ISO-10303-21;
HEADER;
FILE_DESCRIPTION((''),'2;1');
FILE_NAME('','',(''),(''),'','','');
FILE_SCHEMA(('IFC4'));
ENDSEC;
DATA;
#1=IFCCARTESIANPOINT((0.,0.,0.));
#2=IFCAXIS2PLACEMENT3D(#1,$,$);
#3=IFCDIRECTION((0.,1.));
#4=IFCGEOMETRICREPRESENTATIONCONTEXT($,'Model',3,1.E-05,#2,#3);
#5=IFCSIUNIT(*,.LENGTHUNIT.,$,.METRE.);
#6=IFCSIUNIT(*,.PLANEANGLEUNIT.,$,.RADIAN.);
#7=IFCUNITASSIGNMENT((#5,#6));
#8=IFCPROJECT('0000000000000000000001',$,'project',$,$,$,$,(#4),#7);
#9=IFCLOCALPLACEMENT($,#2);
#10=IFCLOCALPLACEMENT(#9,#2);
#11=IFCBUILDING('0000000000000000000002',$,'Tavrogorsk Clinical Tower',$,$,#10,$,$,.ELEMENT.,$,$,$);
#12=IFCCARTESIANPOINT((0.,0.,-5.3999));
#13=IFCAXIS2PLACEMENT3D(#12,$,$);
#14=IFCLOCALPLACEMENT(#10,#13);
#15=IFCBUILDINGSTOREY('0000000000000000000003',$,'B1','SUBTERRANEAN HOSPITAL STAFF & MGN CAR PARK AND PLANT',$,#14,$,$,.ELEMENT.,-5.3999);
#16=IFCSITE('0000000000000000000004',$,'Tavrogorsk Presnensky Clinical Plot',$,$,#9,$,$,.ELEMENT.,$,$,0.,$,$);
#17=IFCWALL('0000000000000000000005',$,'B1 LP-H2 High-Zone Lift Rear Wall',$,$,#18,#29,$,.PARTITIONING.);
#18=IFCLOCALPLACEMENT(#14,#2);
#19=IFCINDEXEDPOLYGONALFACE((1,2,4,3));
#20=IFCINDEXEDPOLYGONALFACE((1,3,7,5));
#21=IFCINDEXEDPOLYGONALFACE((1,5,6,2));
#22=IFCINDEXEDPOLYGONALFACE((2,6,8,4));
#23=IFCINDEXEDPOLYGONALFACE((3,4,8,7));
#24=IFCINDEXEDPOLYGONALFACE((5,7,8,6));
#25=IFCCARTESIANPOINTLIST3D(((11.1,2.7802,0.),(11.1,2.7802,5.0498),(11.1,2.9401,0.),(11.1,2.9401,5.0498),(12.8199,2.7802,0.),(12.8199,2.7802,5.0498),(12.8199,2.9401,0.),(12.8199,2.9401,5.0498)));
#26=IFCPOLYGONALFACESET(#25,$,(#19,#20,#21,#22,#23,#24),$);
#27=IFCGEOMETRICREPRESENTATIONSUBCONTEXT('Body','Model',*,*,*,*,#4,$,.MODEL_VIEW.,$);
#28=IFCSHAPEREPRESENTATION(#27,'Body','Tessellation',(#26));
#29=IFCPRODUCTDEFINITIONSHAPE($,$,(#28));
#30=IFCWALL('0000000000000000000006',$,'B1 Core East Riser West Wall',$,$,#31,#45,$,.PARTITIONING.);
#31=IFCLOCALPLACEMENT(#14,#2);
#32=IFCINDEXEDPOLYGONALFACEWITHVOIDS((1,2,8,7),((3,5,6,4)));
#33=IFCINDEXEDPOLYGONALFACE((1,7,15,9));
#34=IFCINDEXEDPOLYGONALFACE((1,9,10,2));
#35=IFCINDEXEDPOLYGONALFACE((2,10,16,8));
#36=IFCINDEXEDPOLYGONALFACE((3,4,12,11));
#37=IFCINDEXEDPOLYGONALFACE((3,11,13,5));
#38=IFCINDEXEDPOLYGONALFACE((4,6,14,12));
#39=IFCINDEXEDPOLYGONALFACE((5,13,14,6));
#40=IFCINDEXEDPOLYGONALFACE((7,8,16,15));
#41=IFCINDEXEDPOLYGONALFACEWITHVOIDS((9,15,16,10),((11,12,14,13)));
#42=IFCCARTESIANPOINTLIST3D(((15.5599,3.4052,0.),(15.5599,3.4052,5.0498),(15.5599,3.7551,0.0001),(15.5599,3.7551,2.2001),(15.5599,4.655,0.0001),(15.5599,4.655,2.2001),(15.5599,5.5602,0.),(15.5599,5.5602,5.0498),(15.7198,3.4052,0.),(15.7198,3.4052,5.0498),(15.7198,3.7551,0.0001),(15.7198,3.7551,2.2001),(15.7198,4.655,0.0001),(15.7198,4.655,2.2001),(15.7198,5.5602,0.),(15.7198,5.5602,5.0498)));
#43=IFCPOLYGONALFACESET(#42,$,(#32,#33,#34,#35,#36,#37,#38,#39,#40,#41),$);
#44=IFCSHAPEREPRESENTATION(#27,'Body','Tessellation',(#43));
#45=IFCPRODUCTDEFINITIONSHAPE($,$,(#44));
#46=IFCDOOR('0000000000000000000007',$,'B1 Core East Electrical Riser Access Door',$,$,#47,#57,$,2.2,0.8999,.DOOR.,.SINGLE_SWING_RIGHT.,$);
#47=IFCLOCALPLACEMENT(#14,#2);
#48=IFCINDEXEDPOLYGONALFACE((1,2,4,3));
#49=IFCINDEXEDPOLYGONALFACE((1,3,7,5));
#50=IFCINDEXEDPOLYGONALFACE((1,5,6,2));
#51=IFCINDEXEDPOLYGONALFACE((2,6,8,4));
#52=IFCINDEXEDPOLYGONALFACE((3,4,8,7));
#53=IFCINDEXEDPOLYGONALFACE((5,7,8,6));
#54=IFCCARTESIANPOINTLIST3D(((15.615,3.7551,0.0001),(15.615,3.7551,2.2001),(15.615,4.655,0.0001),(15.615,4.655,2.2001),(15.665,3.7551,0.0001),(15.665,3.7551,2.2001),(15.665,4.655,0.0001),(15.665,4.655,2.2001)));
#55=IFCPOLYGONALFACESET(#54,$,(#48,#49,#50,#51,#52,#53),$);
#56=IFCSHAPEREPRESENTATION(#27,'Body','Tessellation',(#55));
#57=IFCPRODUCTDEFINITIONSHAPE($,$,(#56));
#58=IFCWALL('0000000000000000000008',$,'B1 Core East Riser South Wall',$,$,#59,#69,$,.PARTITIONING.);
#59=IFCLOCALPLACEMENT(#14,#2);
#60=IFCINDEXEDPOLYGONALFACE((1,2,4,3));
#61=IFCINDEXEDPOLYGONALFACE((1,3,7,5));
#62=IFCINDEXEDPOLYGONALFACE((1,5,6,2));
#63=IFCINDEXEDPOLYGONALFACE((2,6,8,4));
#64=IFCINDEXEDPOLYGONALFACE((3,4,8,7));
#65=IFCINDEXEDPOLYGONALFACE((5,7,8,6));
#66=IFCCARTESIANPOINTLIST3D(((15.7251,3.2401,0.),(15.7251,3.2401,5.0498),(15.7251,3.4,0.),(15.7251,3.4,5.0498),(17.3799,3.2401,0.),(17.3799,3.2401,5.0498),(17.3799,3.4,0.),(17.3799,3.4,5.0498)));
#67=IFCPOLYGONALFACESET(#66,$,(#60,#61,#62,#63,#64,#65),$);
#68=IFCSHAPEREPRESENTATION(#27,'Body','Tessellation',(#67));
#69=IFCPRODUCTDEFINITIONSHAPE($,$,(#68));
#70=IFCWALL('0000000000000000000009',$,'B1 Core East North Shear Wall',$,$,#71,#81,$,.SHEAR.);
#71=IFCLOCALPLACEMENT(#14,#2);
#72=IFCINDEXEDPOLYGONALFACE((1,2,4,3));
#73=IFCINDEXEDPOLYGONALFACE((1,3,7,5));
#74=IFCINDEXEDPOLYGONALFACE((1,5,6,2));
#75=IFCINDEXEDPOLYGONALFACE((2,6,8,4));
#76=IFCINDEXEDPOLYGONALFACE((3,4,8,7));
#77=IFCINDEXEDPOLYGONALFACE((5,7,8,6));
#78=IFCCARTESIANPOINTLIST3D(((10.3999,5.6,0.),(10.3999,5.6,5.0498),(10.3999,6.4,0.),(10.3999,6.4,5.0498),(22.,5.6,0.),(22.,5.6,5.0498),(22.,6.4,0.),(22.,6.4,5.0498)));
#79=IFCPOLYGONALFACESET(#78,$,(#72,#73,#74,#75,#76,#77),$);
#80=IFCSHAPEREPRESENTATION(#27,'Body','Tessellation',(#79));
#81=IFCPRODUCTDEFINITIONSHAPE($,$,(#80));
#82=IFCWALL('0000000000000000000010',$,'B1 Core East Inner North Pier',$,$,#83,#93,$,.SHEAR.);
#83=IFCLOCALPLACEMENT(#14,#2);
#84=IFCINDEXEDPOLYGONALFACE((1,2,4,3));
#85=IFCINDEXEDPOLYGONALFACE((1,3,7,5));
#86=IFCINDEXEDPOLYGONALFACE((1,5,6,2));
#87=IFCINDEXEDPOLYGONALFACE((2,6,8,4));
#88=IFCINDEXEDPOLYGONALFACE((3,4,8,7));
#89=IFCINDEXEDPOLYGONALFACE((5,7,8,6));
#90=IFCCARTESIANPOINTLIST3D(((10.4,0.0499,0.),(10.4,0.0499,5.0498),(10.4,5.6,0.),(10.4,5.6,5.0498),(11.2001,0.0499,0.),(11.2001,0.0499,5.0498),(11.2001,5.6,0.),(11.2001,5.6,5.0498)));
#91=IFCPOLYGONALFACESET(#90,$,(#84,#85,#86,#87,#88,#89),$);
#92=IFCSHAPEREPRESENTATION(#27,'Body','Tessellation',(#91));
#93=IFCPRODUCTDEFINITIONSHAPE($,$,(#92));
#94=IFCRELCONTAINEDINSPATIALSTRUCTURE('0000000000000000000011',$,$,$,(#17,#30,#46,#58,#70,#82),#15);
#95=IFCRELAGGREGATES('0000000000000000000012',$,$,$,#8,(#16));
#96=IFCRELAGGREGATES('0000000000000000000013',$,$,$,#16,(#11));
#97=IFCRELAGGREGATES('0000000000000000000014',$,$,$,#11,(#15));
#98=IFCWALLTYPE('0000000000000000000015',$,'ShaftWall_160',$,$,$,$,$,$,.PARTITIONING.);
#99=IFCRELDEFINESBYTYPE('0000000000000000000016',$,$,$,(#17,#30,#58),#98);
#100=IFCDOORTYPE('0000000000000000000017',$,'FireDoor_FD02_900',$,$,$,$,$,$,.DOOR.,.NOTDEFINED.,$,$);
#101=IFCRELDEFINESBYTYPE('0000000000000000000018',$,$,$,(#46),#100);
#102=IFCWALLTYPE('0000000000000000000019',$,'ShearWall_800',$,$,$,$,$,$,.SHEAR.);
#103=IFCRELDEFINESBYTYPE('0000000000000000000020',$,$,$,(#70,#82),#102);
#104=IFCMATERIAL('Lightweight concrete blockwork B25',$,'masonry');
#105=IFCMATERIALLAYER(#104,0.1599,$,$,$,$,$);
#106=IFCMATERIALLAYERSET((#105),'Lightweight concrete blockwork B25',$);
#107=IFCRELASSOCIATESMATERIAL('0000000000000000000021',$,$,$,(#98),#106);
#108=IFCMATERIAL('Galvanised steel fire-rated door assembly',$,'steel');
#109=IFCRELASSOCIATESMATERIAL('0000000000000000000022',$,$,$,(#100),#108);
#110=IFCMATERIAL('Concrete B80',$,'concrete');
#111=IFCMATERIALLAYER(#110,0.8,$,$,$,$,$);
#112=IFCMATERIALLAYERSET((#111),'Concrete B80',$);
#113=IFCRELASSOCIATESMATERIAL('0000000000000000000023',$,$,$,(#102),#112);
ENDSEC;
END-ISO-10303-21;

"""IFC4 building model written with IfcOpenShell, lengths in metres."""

from ifc_helpers import new_model, si_unit, direction, frame, frame_2d, origin, place, context, subcontext, project, spatial, rectangle, extrude, material, layer, layer_set, type_object, element, fill, save


model = new_model("IFC4")

# Units and contexts
model_context = context("Model", 3, precision=1e-05, world=origin(), true_north=direction((0.0, 1.0)))
body_context = subcontext(model_context, "Body", "Model", "MODEL_VIEW")
ifc_project = project(units=[si_unit("LENGTHUNIT", "METRE"), si_unit("PLANEANGLEUNIT", "RADIAN")], contexts=[model_context])

# Site, building, storey
site_placement = place(None, origin())
site = spatial("IfcSite", under=ifc_project, at=site_placement, Name="Tavrogorsk Presnensky Clinical Plot", CompositionType="ELEMENT", RefElevation=0.0)
building_placement = place(site_placement, origin())
building = spatial("IfcBuilding", under=site, at=building_placement, Name="Tavrogorsk Clinical Tower", CompositionType="ELEMENT")
storey_placement = place(building_placement, frame((0.0, 0.0, -5.3999)))
storey = spatial("IfcBuildingStorey", under=building, at=storey_placement, Name="B1", Description="SUBTERRANEAN HOSPITAL STAFF & MGN CAR PARK AND PLANT", CompositionType="ELEMENT", Elevation=-5.3999)

# Shared definitions
ifc_material_1 = material(Name="Lightweight concrete blockwork B25", Category="masonry")
ifc_layer_1 = layer(ifc_material_1, 0.1599)
ifc_layer_set_1 = layer_set([ifc_layer_1], Name="Lightweight concrete blockwork B25")
wall_type_1 = type_object("IfcWallType", Name="ShaftWall_160", PredefinedType="PARTITIONING", material=ifc_layer_set_1)

# Wall
wall_1_placement = place(storey_placement, frame((11.1001, 2.8601, 0.0), z_axis=(0.0, 0.0, 1.0), x_axis=(1.0, 0.0, 0.0)))
element("IfcWall", 1, at=wall_1_placement, inside=storey, type_object=wall_type_1, Name="B1 LP-H2 High-Zone Lift Rear Wall", PredefinedType="PARTITIONING", context=body_context, shape_type="SweptSolid", body=[
    extrude(rectangle(XDim=1.72, YDim=0.1599, at=frame_2d((0.8599, 0.0))), origin(), (0.0, 0.0, 1.0), 5.0498),
])

# Wall, opening, door
wall_2_placement = place(storey_placement, frame((15.6399, 3.405, 0.0), z_axis=(0.0, 0.0, 1.0), x_axis=(0.0, 1.0, 0.0)))
wall_2 = element("IfcWall", 2, at=wall_2_placement, inside=storey, type_object=wall_type_1, Name="B1 Core East Riser West Wall", PredefinedType="PARTITIONING", context=body_context, shape_type="SweptSolid", body=[
    extrude(rectangle(XDim=2.155, YDim=0.1599, at=frame_2d((1.0776, 0.0))), origin(), (0.0, 0.0, 1.0), 5.0498),
])
opening_1_placement = place(wall_2_placement, frame((0.3501, 0.0, 0.0)))
opening_1 = element("IfcOpeningElement", 3, at=opening_1_placement, cuts=wall_2, PredefinedType="OPENING", context=body_context, shape_type="SweptSolid", body=[
    extrude(rectangle(XDim=0.8999, YDim=2.2, at=frame_2d((0.45, 1.1001))), frame((0.0, 0.0898, 0.0), z_axis=(0.0, -1.0, 0.0), x_axis=(1.0, 0.0, 0.0)), (0.0, 0.0, 1.0), 0.1799),
])
ifc_material_2 = material(Name="Galvanised steel fire-rated door assembly", Category="steel")
door_type_1 = type_object("IfcDoorType", Name="FireDoor_FD02_900", OperationType="NOTDEFINED", PredefinedType="DOOR", material=ifc_material_2)
door_1_placement = place(opening_1_placement, origin())
door_1 = element("IfcDoor", 4, at=door_1_placement, inside=storey, type_object=door_type_1, Name="B1 Core East Electrical Riser Access Door", OperationType="SINGLE_SWING_RIGHT", OverallHeight=2.2, OverallWidth=0.8999, PredefinedType="DOOR", context=body_context, shape_type="SweptSolid", body=[
    extrude(rectangle(XDim=0.8999, YDim=2.2, at=frame_2d((0.45, 1.1001))), frame((0.0, 0.0249, 0.0), z_axis=(0.0, -1.0, 0.0), x_axis=(1.0, 0.0, 0.0)), (0.0, 0.0, 1.0), 0.05),
])
fill(opening_1, door_1)

# Walls
wall_3_placement = place(storey_placement, frame((15.7251, 3.3201, 0.0), z_axis=(0.0, 0.0, 1.0), x_axis=(1.0, 0.0, 0.0)))
element("IfcWall", 5, at=wall_3_placement, inside=storey, type_object=wall_type_1, Name="B1 Core East Riser South Wall", PredefinedType="PARTITIONING", context=body_context, shape_type="SweptSolid", body=[
    extrude(rectangle(XDim=1.6548, YDim=0.1599, at=frame_2d((0.8274, 0.0))), origin(), (0.0, 0.0, 1.0), 5.0498),
])
ifc_material_3 = material(Name="Concrete B80", Category="concrete")
ifc_layer_2 = layer(ifc_material_3, 0.8)
ifc_layer_set_2 = layer_set([ifc_layer_2], Name="Concrete B80")
wall_type_2 = type_object("IfcWallType", Name="ShearWall_800", PredefinedType="SHEAR", material=ifc_layer_set_2)
wall_4_placement = place(storey_placement, frame((10.3999, 6.0, 0.0), z_axis=(0.0, 0.0, 1.0), x_axis=(1.0, 0.0, 0.0)))
element("IfcWall", 6, at=wall_4_placement, inside=storey, type_object=wall_type_2, Name="B1 Core East North Shear Wall", PredefinedType="SHEAR", context=body_context, shape_type="SweptSolid", body=[
    extrude(rectangle(XDim=11.6001, YDim=0.8, at=frame_2d((5.8, 0.0))), origin(), (0.0, 0.0, 1.0), 5.0498),
])
wall_5_placement = place(storey_placement, frame((10.8, 0.05, 0.0), z_axis=(0.0, 0.0, 1.0), x_axis=(0.0, 1.0, 0.0)))
element("IfcWall", 7, at=wall_5_placement, inside=storey, type_object=wall_type_2, Name="B1 Core East Inner North Pier", PredefinedType="SHEAR", context=body_context, shape_type="SweptSolid", body=[
    extrude(rectangle(XDim=5.55, YDim=0.8, at=frame_2d((2.7749, 0.0))), origin(), (0.0, 0.0, 1.0), 5.0498),
])

save(model, "model.ifc")
